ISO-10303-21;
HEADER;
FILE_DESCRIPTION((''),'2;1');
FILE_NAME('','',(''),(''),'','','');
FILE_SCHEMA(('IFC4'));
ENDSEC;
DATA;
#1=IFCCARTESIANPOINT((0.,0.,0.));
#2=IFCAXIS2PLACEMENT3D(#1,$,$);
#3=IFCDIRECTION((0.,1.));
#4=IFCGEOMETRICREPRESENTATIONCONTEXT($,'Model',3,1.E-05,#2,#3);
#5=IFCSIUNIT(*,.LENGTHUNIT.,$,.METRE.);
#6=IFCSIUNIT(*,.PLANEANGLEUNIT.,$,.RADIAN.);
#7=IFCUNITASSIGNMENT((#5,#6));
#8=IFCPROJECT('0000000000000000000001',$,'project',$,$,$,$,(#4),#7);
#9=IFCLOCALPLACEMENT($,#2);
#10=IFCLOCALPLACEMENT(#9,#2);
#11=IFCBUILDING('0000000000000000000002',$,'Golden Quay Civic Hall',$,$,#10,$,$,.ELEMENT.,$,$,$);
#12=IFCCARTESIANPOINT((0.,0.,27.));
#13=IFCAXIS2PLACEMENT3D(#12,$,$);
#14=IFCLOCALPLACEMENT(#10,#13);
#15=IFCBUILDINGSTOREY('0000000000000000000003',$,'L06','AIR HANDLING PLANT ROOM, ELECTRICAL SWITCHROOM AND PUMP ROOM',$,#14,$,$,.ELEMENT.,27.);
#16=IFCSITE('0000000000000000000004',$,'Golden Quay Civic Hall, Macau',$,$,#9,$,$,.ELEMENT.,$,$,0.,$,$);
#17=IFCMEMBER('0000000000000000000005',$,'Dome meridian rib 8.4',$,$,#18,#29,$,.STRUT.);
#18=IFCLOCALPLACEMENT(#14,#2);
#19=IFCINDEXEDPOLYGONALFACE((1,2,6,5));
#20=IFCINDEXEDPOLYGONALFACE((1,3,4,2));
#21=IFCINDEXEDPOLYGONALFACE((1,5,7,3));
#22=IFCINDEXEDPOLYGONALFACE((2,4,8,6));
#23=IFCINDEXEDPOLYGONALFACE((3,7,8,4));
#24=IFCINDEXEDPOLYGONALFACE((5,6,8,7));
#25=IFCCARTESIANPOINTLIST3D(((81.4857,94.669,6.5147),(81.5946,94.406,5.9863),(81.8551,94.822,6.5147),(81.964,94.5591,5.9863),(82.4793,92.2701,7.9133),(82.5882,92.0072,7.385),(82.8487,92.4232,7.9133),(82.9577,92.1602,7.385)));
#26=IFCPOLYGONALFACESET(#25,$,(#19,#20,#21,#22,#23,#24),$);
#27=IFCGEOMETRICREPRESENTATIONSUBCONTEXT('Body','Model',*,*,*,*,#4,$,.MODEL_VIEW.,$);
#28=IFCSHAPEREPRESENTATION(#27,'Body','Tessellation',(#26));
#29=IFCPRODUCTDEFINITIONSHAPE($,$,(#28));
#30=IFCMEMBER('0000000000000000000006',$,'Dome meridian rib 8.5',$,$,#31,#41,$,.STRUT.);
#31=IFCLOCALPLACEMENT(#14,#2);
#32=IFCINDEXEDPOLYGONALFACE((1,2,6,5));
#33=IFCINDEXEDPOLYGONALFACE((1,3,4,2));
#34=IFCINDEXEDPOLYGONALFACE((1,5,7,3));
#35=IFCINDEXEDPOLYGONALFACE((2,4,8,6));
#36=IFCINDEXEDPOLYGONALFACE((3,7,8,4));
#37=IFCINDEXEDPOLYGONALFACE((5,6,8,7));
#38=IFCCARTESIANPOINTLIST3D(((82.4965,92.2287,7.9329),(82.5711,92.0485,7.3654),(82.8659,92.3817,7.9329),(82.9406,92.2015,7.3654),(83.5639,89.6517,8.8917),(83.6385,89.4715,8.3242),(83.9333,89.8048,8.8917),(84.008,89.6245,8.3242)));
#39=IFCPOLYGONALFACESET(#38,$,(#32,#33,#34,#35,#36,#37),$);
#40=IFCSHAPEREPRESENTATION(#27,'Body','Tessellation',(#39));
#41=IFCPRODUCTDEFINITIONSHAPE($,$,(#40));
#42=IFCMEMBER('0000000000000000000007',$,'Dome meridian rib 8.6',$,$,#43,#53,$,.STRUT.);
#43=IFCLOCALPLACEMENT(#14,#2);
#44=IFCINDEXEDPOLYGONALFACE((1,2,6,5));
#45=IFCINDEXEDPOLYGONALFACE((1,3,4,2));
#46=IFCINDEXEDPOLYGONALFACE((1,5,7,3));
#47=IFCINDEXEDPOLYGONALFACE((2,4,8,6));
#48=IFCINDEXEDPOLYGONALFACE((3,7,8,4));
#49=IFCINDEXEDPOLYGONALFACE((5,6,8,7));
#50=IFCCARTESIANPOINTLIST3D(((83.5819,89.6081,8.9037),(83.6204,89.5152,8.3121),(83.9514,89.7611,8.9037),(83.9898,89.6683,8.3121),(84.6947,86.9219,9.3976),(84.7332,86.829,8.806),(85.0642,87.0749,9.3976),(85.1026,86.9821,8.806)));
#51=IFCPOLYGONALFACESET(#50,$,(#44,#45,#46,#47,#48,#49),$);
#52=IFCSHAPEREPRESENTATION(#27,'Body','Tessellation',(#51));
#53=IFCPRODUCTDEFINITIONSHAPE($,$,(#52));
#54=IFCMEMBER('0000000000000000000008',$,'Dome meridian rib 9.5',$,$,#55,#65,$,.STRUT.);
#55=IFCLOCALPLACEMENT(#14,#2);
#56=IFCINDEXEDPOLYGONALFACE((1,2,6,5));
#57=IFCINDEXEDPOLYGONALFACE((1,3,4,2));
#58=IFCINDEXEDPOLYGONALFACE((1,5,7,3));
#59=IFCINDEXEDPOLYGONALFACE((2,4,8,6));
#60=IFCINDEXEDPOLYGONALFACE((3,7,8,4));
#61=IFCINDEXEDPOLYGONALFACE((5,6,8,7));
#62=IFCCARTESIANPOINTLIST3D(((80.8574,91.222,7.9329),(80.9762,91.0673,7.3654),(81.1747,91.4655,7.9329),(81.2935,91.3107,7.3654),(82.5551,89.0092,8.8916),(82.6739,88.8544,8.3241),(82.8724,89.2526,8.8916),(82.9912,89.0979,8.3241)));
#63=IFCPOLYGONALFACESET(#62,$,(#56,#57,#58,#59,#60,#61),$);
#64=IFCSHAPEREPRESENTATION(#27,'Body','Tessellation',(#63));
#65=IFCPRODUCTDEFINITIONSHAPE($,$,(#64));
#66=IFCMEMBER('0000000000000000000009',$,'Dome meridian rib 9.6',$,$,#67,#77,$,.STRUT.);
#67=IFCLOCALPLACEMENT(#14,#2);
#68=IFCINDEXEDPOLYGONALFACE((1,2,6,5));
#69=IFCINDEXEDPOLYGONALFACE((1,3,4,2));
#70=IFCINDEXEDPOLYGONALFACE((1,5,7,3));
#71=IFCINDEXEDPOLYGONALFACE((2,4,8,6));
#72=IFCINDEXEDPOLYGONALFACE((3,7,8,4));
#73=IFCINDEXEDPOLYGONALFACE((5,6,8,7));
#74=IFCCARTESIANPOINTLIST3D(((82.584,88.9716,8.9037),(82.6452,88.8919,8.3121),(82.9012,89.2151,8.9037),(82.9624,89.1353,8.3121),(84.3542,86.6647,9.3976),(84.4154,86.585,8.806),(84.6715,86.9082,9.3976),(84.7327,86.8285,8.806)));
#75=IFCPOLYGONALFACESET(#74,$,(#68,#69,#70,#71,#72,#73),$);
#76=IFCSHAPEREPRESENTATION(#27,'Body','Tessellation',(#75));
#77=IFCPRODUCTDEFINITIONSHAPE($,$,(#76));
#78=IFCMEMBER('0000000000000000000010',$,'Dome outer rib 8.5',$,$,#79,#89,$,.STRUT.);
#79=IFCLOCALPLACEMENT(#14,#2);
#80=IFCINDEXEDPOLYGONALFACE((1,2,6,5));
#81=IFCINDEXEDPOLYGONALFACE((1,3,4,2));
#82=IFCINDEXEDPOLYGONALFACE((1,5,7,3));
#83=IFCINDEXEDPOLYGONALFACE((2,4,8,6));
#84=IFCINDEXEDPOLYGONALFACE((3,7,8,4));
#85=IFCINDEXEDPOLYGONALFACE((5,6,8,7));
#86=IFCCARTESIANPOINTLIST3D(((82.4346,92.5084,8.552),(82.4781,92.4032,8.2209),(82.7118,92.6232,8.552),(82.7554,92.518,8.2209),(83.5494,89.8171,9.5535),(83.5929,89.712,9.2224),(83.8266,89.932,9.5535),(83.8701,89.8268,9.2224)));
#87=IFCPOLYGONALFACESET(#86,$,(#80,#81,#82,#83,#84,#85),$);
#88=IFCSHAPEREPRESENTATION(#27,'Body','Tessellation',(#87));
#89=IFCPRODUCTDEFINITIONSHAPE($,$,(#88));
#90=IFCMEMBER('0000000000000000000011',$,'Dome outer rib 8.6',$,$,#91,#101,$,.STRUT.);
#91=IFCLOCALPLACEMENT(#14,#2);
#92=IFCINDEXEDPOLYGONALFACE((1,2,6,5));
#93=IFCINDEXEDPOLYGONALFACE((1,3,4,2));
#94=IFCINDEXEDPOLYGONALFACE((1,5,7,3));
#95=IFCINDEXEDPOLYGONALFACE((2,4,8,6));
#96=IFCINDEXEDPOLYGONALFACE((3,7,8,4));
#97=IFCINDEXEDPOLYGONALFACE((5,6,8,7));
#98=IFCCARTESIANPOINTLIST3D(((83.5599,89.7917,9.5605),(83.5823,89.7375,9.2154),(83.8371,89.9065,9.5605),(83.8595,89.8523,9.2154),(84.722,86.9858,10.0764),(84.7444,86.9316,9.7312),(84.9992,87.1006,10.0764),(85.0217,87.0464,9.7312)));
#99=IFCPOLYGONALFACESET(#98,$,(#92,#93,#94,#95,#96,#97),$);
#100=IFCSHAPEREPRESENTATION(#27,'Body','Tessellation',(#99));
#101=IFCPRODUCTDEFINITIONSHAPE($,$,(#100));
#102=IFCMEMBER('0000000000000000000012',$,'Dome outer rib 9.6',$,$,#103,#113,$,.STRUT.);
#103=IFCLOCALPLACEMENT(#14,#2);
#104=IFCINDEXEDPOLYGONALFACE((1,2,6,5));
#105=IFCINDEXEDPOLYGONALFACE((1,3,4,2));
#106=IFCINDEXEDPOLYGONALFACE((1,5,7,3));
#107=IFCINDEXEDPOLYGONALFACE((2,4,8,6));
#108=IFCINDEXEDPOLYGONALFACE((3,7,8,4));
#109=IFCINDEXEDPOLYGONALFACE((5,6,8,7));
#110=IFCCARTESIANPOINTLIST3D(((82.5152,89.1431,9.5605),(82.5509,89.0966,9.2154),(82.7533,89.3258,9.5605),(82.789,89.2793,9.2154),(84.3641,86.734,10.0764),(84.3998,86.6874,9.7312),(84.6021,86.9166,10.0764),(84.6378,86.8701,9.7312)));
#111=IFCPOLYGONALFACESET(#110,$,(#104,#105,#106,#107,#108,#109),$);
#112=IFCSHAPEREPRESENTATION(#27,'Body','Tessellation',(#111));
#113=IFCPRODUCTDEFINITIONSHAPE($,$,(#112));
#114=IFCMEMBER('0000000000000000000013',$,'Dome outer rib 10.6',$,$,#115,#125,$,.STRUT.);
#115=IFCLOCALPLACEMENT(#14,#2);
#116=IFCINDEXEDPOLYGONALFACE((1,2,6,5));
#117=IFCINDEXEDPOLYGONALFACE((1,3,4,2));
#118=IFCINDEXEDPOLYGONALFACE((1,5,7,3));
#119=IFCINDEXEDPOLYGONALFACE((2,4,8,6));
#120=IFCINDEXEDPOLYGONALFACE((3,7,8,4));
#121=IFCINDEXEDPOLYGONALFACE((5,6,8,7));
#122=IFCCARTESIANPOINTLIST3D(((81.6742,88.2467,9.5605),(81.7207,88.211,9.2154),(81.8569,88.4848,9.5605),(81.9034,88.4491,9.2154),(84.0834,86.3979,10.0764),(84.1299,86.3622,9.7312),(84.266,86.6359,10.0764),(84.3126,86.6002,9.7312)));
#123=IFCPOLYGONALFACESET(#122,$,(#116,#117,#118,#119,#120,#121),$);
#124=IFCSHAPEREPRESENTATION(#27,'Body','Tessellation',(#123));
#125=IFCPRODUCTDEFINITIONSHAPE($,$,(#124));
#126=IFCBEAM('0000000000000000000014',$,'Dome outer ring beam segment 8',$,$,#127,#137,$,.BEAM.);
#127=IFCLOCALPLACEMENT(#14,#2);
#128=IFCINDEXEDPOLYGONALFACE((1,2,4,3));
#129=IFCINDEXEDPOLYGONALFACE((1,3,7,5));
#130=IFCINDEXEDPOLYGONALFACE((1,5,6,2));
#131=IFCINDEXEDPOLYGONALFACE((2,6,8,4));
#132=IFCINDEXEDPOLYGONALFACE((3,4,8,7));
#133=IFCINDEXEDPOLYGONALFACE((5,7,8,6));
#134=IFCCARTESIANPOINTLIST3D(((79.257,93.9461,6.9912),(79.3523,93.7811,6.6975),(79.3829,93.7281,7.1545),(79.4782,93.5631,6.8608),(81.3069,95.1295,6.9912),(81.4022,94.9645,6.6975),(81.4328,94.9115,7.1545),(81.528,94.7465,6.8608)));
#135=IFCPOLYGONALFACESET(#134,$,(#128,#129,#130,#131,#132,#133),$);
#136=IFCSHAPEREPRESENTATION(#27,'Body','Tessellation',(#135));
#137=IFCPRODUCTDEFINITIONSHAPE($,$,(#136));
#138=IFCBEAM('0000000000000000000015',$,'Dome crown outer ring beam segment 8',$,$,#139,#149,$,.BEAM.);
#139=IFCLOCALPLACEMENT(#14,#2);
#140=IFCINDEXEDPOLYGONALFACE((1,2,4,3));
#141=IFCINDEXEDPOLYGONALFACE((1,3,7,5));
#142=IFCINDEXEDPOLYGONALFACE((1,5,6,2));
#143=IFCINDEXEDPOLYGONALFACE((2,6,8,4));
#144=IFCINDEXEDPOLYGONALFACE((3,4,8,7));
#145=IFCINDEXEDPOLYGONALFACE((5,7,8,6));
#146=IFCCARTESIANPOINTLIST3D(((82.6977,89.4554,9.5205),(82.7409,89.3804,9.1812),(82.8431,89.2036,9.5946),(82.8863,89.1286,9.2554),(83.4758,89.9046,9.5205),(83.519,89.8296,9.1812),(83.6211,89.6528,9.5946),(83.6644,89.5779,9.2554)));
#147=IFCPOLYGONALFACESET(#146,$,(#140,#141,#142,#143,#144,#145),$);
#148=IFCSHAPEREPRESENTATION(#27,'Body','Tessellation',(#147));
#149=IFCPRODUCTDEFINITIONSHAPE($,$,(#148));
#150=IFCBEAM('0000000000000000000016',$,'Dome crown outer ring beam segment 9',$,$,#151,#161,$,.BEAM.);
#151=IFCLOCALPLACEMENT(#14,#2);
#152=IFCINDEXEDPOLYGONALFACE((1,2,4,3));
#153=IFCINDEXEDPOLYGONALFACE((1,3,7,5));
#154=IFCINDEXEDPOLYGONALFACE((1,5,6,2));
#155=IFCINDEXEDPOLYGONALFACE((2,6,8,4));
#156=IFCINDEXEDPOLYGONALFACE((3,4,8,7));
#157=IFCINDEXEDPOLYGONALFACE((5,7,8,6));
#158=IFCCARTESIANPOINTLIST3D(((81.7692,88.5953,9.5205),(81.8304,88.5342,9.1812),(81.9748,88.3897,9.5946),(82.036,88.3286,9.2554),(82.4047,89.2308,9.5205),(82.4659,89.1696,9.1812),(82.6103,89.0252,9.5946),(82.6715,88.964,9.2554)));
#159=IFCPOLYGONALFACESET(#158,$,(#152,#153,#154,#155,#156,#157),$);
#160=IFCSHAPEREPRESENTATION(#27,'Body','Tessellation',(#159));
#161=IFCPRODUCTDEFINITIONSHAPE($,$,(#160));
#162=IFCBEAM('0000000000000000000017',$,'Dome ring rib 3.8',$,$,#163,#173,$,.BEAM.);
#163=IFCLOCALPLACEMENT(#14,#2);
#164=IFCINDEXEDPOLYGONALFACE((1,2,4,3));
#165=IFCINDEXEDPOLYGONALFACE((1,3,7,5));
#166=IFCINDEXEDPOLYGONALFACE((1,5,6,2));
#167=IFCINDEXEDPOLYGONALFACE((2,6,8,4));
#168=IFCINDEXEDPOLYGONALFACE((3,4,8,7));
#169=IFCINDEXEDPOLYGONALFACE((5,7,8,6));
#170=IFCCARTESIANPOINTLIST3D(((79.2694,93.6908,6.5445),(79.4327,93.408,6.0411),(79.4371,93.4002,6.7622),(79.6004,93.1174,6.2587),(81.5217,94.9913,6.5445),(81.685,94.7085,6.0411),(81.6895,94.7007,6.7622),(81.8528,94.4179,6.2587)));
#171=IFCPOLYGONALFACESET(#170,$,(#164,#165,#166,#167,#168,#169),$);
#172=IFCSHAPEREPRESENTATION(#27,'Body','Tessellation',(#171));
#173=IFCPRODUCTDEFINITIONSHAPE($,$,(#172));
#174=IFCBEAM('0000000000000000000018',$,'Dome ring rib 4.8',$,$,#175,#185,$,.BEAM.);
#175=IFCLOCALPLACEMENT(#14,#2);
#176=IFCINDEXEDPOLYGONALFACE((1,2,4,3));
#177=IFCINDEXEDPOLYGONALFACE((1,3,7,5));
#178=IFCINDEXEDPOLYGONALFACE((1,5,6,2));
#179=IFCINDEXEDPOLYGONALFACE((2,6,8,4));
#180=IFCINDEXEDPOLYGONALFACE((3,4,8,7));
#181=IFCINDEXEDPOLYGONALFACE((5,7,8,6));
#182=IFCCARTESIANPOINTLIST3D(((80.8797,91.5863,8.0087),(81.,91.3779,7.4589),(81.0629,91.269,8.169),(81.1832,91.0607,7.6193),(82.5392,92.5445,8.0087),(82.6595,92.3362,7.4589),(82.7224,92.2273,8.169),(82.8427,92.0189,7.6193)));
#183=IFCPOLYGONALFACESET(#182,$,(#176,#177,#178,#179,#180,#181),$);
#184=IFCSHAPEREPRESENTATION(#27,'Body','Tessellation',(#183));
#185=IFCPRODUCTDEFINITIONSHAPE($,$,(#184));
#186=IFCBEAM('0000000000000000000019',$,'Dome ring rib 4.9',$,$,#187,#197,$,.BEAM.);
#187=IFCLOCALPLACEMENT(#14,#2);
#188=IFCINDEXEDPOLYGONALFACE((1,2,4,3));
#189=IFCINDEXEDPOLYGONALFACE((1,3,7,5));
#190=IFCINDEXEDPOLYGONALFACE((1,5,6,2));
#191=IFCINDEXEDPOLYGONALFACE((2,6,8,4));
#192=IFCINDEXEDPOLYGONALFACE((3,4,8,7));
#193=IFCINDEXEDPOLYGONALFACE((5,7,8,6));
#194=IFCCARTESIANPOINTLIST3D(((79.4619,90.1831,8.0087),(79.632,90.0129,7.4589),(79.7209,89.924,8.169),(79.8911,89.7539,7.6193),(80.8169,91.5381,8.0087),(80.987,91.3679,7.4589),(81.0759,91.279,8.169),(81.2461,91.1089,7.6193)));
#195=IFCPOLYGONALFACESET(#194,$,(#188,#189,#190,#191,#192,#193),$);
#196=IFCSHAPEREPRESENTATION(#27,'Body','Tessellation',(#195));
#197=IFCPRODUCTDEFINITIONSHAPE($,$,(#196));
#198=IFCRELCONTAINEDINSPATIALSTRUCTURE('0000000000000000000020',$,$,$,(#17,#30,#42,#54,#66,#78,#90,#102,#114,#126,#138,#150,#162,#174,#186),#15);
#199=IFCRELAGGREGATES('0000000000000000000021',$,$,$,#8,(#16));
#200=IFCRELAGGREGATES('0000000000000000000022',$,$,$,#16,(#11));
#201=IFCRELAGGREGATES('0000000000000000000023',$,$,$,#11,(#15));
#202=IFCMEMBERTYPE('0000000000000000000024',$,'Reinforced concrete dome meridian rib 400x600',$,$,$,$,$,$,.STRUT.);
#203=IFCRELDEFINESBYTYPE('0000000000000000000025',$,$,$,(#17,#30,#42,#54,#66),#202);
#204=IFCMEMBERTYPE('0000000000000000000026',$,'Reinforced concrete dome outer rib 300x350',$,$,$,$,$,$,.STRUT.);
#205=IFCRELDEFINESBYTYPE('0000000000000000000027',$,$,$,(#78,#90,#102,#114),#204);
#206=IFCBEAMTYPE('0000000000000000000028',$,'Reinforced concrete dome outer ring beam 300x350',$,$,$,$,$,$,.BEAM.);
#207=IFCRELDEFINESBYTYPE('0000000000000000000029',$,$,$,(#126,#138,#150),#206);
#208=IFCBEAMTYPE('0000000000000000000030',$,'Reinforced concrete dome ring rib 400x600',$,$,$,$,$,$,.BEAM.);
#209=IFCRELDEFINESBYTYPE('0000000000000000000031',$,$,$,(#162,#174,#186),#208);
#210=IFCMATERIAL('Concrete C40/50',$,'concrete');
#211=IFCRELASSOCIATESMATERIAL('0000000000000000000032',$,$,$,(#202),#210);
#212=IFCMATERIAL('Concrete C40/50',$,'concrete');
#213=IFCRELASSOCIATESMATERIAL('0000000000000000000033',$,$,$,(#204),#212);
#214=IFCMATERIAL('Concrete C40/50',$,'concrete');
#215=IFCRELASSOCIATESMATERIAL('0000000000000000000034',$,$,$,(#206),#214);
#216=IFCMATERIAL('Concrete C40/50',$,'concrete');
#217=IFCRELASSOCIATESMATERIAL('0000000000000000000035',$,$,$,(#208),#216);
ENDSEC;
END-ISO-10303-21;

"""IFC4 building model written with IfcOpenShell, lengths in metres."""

from ifc_helpers import new_model, si_unit, direction, frame, origin, origin_2d, place, context, subcontext, project, spatial, rectangle, extrude, material, material_profile, profile_set, type_object, element, save


model = new_model("IFC4")

# Units and contexts
model_context = context("Model", 3, precision=1e-05, world=origin(), true_north=direction((0.0, 1.0)))
body_context = subcontext(model_context, "Body", "Model", "MODEL_VIEW")
ifc_project = project(units=[si_unit("LENGTHUNIT", "METRE"), si_unit("PLANEANGLEUNIT", "RADIAN")], contexts=[model_context])

# Site, building, storey
site_placement = place(None, origin())
site = spatial("IfcSite", under=ifc_project, at=site_placement, Name="Golden Quay Civic Hall, Macau", CompositionType="ELEMENT", RefElevation=0.0)
building_placement = place(site_placement, origin())
building = spatial("IfcBuilding", under=site, at=building_placement, Name="Golden Quay Civic Hall", CompositionType="ELEMENT")
storey_placement = place(building_placement, frame((0.0, 0.0, 27.0)))
storey = spatial("IfcBuildingStorey", under=building, at=storey_placement, Name="L06", Description="AIR HANDLING PLANT ROOM, ELECTRICAL SWITCHROOM AND PUMP ROOM", CompositionType="ELEMENT", Elevation=27.0)

# Members
ifc_material_1 = material(Name="Concrete C40/50", Category="concrete")
ifc_material_profile_1 = material_profile(ifc_material_1, rectangle(XDim=0.3999, YDim=0.6001, at=origin_2d()), Name="RC 400x600")
ifc_profile_set_1 = profile_set([ifc_material_profile_1], Name="Concrete C40/50")
member_type_1 = type_object("IfcMemberType", Name="Reinforced concrete dome meridian rib 400x600", PredefinedType="STRUT", material=ifc_profile_set_1)
member_1_placement = place(storey_placement, frame((81.7249, 94.614, 6.2505), z_axis=(0.336909, -0.813382, 0.474238), x_axis=(0.923882, 0.382678, 0.0)))
element("IfcMember", 1, at=member_1_placement, inside=storey, type_object=member_type_1, Name="Dome meridian rib 8.4", PredefinedType="STRUT", context=body_context, shape_type="SweptSolid", body=[
    extrude(rectangle(XDim=0.3999, YDim=0.6001, at=origin_2d()), origin(), (0.0, 0.0, 1.0), 2.9492),
])
member_2_placement = place(storey_placement, frame((82.7185, 92.2151, 7.6492), z_axis=(0.361899, -0.873706, 0.325063), x_axis=(0.92388, 0.382682, 0.0)))
element("IfcMember", 2, at=member_2_placement, inside=storey, type_object=member_type_1, Name="Dome meridian rib 8.5", PredefinedType="STRUT", context=body_context, shape_type="SweptSolid", body=[
    extrude(rectangle(XDim=0.3999, YDim=0.6001, at=origin_2d()), origin(), (0.0, 0.0, 1.0), 2.9495),
])
for number, where, z_axis, x_axis, name in (
    (3, (83.7859, 89.6382, 8.6079), (0.377308, -0.910821, 0.167463), (0.923867, 0.382713, 0.0), "Dome meridian rib 8.6"),
    (4, (81.0754, 91.2664, 7.6492), (0.575644, -0.750308, 0.325073), (0.793398, 0.608703, 0.0), "Dome meridian rib 9.5"),
):
    element("IfcMember", number, at=place(storey_placement, frame(where, z_axis=z_axis, x_axis=x_axis)), inside=storey, type_object=member_type_1, Name=name, PredefinedType="STRUT", context=body_context, shape_type="SweptSolid", body=[
        extrude(rectangle(XDim=0.3999, YDim=0.6001, at=origin_2d()), origin(), (0.0, 0.0, 1.0), 2.9492),
    ])
member_3_placement = place(storey_placement, frame((82.7732, 89.0535, 8.6079), z_axis=(0.600193, -0.78213, 0.167452), x_axis=(0.793332, 0.608789, 0.0)))
element("IfcMember", 5, at=member_3_placement, inside=storey, type_object=member_type_1, Name="Dome meridian rib 9.6", PredefinedType="STRUT", context=body_context, shape_type="SweptSolid", body=[
    extrude(rectangle(XDim=0.3999, YDim=0.6001, at=origin_2d()), origin(), (0.0, 0.0, 1.0), 2.9495),
])
ifc_material_2 = material(Name="Concrete C40/50", Category="concrete")
ifc_material_profile_2 = material_profile(ifc_material_2, rectangle(XDim=0.3, YDim=0.3501, at=origin_2d()), Name="RC 300x350")
ifc_profile_set_2 = profile_set([ifc_material_profile_2], Name="Concrete C40/50")
member_type_2 = type_object("IfcMemberType", Name="Reinforced concrete dome outer rib 300x350", PredefinedType="STRUT", material=ifc_profile_set_2)
member_4_placement = place(storey_placement, frame((82.595, 92.5132, 8.3865), z_axis=(0.361901, -0.873683, 0.325124), x_axis=(0.923876, 0.382692, 0.0)))
element("IfcMember", 6, at=member_4_placement, inside=storey, type_object=member_type_2, Name="Dome outer rib 8.5", PredefinedType="STRUT", context=body_context, shape_type="SweptSolid", body=[
    extrude(rectangle(XDim=0.3, YDim=0.3501, at=origin_2d()), origin(), (0.0, 0.0, 1.0), 3.0803),
])
member_5_placement = place(storey_placement, frame((83.7097, 89.822, 9.3879), z_axis=(0.377242, -0.910849, 0.167461), x_axis=(0.923895, 0.382645, 0.0)))
element("IfcMember", 7, at=member_5_placement, inside=storey, type_object=member_type_2, Name="Dome outer rib 8.6", PredefinedType="STRUT", context=body_context, shape_type="SweptSolid", body=[
    extrude(rectangle(XDim=0.3, YDim=0.3501, at=origin_2d()), origin(), (0.0, 0.0, 1.0), 3.0806),
])
for number, where, z_axis, x_axis, name in (
    (8, (82.6521, 89.2112, 9.3879), (0.600215, -0.78211, 0.16747), (0.793314, 0.608813, 0.0), "Dome outer rib 9.6"),
    (9, (81.7888, 88.3479, 9.3879), (0.78211, -0.600215, 0.16747), (0.608813, 0.793314, 0.0), "Dome outer rib 10.6"),
):
    element("IfcMember", number, at=place(storey_placement, frame(where, z_axis=z_axis, x_axis=x_axis)), inside=storey, type_object=member_type_2, Name=name, PredefinedType="STRUT", context=body_context, shape_type="SweptSolid", body=[
        extrude(rectangle(XDim=0.3, YDim=0.3501, at=origin_2d()), origin(), (0.0, 0.0, 1.0), 3.0803),
    ])

# Beams
ifc_material_3 = material(Name="Concrete C40/50", Category="concrete")
ifc_material_profile_3 = material_profile(ifc_material_3, rectangle(XDim=0.3, YDim=0.3501, at=origin_2d()), Name="RC 300x350")
ifc_profile_set_3 = profile_set([ifc_material_profile_3], Name="Concrete C40/50")
beam_type_1 = type_object("IfcBeamType", Name="Reinforced concrete dome outer ring beam 300x350", PredefinedType="BEAM", material=ifc_profile_set_3)
beam_1_placement = place(storey_placement, frame((81.4175, 94.938, 6.926), z_axis=(-0.866045, -0.499967, 0.0), x_axis=(0.419447, -0.726568, 0.544209)))
element("IfcBeam", 10, at=beam_1_placement, inside=storey, type_object=beam_type_1, Name="Dome outer ring beam segment 8", PredefinedType="BEAM", context=body_context, shape_type="SweptSolid", body=[
    extrude(rectangle(XDim=0.3, YDim=0.3501, at=origin_2d()), origin(), (0.0, 0.0, 1.0), 2.3669),
])
beam_2_placement = place(storey_placement, frame((83.5701, 89.7412, 9.3879), z_axis=(-0.866027, -0.499997, 0.0), x_axis=(0.484493, -0.839173, 0.247094)))
element("IfcBeam", 11, at=beam_2_placement, inside=storey, type_object=beam_type_1, Name="Dome crown outer ring beam segment 8", PredefinedType="BEAM", context=body_context, shape_type="SweptSolid", body=[
    extrude(rectangle(XDim=0.3, YDim=0.3501, at=origin_2d()), origin(), (0.0, 0.0, 1.0), 0.8984),
])
beam_3_placement = place(storey_placement, frame((82.5381, 89.0974, 9.3879), z_axis=(-0.707107, -0.707107, 0.0), x_axis=(0.685181, -0.685181, 0.247094)))
element("IfcBeam", 12, at=beam_3_placement, inside=storey, type_object=beam_type_1, Name="Dome crown outer ring beam segment 9", PredefinedType="BEAM", context=body_context, shape_type="SweptSolid", body=[
    extrude(rectangle(XDim=0.3, YDim=0.3501, at=origin_2d()), origin(), (0.0, 0.0, 1.0), 0.8987),
])
ifc_material_4 = material(Name="Concrete C40/50", Category="concrete")
ifc_material_profile_4 = material_profile(ifc_material_4, rectangle(XDim=0.3999, YDim=0.6001, at=origin_2d()), Name="RC 400x600")
ifc_profile_set_4 = profile_set([ifc_material_profile_4], Name="Concrete C40/50")
beam_type_2 = type_object("IfcBeamType", Name="Reinforced concrete dome ring rib 400x600", PredefinedType="BEAM", material=ifc_profile_set_4)
beam_4_placement = place(storey_placement, frame((81.6873, 94.7046, 6.4016), z_axis=(-0.866011, -0.500026, 0.0), x_axis=(0.419497, -0.726539, 0.544209)))
element("IfcBeam", 13, at=beam_4_placement, inside=storey, type_object=beam_type_2, Name="Dome ring rib 3.8", PredefinedType="BEAM", context=body_context, shape_type="SweptSolid", body=[
    extrude(rectangle(XDim=0.3999, YDim=0.6001, at=origin_2d()), origin(), (0.0, 0.0, 1.0), 2.6008),
])
for number, where, z_axis, x_axis, name in (
    (14, (82.6909, 92.2817, 7.814), (-0.865984, -0.500072, 0.0), (0.458114, -0.793325, 0.400958), "Dome ring rib 4.8"),
    (15, (81.0315, 91.3235, 7.814), (-0.707107, -0.707107, 0.0), (0.647778, -0.647778, 0.400958), "Dome ring rib 4.9"),
):
    element("IfcBeam", number, at=place(storey_placement, frame(where, z_axis=z_axis, x_axis=x_axis)), inside=storey, type_object=beam_type_2, Name=name, PredefinedType="BEAM", context=body_context, shape_type="SweptSolid", body=[
        extrude(rectangle(XDim=0.3999, YDim=0.6001, at=origin_2d()), origin(), (0.0, 0.0, 1.0), 1.9163),
    ])

save(model, "model.ifc")
